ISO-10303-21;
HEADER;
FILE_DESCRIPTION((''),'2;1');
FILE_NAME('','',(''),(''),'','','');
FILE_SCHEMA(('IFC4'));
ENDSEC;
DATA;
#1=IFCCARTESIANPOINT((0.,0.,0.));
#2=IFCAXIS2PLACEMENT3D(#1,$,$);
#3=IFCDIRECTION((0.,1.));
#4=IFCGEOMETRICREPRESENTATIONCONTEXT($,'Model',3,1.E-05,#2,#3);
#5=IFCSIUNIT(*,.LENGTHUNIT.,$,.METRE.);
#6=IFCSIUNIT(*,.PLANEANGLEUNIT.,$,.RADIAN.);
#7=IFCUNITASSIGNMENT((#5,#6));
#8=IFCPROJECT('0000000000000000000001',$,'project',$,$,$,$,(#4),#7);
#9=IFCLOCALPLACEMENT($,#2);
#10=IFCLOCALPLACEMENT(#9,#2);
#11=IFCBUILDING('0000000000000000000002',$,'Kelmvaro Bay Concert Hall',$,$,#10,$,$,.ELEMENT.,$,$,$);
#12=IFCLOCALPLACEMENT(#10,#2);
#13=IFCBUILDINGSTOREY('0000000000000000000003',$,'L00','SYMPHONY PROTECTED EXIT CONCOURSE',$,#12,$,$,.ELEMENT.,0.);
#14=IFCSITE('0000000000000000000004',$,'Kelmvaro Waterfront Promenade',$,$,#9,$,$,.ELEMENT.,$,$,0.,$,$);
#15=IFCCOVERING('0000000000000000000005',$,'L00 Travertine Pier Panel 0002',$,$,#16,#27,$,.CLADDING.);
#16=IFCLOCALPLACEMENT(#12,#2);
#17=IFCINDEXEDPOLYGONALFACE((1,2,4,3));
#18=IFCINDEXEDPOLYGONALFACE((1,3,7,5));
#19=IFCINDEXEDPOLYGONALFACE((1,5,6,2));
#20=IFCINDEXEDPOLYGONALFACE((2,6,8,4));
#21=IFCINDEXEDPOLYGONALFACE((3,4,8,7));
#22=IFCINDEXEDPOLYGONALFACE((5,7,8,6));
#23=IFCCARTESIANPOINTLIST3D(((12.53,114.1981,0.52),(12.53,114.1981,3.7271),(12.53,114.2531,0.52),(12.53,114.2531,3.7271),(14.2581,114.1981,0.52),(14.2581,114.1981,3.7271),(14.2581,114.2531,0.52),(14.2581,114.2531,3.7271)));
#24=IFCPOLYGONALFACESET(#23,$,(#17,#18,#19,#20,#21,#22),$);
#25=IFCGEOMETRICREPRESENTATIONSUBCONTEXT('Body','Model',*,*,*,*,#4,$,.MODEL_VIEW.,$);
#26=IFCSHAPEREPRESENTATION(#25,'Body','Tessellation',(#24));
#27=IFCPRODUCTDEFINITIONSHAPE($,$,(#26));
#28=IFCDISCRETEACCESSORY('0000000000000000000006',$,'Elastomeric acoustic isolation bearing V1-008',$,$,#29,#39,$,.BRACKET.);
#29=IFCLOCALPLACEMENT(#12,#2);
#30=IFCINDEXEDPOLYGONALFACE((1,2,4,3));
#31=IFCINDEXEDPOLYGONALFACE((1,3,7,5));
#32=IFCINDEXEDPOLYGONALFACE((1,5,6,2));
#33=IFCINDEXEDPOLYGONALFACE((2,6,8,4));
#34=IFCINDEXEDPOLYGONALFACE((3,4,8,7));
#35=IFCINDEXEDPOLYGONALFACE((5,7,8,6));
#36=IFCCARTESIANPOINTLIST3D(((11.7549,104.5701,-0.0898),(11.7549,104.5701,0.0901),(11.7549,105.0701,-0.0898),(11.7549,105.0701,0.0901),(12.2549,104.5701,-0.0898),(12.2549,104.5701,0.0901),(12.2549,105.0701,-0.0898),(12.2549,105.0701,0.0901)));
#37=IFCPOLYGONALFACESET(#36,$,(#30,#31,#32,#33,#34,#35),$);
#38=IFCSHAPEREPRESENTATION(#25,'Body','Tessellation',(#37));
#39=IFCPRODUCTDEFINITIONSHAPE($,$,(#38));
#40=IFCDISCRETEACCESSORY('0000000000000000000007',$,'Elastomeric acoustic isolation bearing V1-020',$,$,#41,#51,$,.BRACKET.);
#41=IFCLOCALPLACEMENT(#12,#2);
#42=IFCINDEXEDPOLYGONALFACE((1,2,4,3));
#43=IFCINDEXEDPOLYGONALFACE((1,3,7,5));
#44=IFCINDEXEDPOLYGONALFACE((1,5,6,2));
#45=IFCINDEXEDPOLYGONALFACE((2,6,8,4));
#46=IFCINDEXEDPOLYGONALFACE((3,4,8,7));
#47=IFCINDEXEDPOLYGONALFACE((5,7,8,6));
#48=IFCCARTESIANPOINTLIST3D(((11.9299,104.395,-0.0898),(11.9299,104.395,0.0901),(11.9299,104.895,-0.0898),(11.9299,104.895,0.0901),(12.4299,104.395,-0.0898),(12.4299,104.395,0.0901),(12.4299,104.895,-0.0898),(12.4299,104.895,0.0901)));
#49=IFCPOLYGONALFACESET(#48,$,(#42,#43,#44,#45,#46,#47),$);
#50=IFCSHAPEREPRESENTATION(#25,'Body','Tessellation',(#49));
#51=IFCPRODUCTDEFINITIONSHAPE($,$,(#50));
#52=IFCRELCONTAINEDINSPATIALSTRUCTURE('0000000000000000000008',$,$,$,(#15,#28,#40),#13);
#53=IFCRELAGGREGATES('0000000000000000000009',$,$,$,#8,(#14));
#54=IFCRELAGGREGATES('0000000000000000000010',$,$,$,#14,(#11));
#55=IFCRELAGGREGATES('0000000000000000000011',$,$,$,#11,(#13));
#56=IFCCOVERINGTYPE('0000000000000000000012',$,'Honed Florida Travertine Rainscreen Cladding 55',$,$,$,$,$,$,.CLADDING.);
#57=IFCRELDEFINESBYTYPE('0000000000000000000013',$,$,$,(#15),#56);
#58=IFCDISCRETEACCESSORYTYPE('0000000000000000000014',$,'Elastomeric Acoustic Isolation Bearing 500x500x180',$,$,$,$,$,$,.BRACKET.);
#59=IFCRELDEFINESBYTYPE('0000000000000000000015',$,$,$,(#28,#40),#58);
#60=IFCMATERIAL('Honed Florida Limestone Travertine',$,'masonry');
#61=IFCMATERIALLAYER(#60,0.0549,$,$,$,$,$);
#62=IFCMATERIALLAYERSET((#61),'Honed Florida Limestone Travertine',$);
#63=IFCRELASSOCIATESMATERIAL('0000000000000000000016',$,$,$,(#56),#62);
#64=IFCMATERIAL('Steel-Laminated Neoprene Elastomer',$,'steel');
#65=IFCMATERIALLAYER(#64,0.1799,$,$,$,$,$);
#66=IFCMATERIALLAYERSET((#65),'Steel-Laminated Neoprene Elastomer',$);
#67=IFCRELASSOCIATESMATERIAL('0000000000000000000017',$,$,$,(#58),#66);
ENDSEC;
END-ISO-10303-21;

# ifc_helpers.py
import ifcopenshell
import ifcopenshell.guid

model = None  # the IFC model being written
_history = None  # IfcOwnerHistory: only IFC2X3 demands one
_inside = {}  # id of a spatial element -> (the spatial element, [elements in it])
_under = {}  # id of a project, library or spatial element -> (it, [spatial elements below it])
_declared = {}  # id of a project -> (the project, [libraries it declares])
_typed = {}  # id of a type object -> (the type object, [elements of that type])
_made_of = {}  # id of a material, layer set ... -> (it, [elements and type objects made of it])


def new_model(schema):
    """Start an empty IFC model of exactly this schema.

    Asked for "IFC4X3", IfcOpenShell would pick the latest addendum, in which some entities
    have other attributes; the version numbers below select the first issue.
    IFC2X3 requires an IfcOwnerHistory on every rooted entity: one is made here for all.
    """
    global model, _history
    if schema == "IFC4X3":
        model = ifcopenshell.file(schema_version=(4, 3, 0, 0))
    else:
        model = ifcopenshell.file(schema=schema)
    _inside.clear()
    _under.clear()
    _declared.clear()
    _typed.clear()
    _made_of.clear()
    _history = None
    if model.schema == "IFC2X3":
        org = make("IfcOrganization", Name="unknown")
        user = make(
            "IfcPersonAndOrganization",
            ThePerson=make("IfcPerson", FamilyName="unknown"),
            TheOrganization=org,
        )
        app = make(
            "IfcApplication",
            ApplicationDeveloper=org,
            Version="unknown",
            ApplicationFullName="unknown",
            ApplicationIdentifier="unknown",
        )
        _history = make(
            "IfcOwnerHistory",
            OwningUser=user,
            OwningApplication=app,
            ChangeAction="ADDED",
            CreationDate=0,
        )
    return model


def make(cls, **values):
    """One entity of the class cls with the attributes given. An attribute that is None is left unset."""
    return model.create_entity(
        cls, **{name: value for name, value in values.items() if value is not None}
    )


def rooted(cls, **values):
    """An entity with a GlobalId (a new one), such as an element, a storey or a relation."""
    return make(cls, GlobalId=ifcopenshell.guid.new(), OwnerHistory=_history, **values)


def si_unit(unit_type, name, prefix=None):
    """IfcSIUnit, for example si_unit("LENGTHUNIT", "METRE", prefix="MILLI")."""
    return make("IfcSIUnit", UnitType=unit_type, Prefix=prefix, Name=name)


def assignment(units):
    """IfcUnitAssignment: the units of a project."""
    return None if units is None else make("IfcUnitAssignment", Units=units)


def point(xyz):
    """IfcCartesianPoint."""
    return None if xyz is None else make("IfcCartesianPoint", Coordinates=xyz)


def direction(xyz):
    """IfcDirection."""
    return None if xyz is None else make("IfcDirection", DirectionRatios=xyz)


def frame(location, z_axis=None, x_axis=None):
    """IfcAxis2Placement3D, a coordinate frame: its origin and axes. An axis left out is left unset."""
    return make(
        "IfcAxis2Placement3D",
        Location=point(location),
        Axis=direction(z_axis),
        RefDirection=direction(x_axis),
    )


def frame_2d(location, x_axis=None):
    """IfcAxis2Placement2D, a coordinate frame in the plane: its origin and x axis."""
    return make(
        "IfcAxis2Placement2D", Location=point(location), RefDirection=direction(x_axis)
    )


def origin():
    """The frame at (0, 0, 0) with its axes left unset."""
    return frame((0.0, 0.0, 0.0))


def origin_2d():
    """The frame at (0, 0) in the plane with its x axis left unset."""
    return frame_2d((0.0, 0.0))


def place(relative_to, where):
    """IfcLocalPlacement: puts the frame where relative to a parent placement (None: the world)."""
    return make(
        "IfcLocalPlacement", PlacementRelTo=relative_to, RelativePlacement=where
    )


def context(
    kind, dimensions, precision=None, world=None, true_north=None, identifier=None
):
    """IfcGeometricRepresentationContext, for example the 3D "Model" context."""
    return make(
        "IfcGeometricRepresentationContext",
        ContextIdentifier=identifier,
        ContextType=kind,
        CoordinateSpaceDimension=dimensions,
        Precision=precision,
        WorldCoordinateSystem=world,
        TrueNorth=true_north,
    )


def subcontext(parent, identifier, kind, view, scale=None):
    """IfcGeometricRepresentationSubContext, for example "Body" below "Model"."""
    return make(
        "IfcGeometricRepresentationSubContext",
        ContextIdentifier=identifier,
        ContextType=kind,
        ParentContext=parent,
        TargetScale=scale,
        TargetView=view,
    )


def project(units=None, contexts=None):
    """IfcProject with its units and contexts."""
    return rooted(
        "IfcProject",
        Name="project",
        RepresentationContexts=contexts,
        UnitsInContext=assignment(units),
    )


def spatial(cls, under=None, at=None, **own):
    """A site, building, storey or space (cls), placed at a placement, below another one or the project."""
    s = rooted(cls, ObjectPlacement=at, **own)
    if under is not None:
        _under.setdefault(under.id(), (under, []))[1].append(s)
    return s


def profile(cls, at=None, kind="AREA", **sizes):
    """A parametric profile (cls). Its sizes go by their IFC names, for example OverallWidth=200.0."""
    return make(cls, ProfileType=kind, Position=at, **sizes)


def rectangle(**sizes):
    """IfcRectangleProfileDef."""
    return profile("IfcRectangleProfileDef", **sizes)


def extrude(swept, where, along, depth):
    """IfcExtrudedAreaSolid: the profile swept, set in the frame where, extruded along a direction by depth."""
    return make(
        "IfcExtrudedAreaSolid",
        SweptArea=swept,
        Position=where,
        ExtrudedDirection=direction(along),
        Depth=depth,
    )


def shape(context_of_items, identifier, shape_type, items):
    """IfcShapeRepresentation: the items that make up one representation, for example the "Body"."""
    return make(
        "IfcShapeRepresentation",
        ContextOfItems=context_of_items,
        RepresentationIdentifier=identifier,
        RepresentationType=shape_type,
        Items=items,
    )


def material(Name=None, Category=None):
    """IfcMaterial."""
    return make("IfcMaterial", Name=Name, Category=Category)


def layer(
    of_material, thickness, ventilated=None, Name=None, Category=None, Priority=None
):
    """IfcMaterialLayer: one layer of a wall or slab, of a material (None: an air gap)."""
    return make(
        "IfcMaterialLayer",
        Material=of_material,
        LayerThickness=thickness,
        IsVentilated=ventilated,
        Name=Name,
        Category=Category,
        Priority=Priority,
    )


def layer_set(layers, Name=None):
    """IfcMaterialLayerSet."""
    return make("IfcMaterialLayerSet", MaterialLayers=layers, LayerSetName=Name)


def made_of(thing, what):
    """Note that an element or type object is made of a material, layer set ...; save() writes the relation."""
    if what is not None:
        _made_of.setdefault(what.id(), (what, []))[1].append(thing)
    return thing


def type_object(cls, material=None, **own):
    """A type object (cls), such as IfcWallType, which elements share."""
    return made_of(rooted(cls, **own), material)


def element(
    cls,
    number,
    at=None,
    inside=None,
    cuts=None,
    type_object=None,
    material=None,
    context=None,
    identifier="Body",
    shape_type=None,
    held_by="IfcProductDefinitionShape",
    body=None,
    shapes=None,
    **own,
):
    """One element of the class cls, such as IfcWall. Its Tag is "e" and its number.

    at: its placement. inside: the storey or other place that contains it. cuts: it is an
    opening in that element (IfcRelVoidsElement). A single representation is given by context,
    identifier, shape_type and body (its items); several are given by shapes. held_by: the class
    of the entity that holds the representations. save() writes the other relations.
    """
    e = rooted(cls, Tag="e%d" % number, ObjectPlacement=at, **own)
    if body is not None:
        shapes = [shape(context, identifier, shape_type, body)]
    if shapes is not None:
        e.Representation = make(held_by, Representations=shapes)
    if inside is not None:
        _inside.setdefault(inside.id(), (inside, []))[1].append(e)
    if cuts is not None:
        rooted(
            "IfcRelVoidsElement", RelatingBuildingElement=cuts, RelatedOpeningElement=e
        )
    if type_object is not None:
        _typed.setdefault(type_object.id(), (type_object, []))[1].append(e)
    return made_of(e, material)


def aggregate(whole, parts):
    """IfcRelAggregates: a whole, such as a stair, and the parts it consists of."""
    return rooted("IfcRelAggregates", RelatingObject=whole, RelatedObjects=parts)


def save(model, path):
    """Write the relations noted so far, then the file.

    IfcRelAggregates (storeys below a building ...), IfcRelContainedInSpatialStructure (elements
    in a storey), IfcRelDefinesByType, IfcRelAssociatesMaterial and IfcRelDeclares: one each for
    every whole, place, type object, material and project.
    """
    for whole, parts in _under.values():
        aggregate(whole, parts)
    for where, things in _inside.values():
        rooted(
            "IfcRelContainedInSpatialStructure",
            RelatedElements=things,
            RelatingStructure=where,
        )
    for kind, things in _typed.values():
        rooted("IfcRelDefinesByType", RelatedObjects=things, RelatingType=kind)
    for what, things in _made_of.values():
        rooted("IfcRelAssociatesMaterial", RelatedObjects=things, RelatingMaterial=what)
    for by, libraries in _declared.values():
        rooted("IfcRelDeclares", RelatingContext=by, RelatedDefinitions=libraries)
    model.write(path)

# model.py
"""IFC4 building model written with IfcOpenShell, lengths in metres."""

from ifc_helpers import new_model, si_unit, direction, frame, origin, origin_2d, place, context, subcontext, project, spatial, rectangle, extrude, material, layer, layer_set, type_object, element, save


model = new_model("IFC4")

# Units and contexts
model_context = context("Model", 3, precision=1e-05, world=origin(), true_north=direction((0.0, 1.0)))
body_context = subcontext(model_context, "Body", "Model", "MODEL_VIEW")
ifc_project = project(units=[si_unit("LENGTHUNIT", "METRE"), si_unit("PLANEANGLEUNIT", "RADIAN")], contexts=[model_context])

# Site, building, storey
site_placement = place(None, origin())
site = spatial("IfcSite", under=ifc_project, at=site_placement, Name="Kelmvaro Waterfront Promenade", CompositionType="ELEMENT", RefElevation=0.0)
building_placement = place(site_placement, origin())
building = spatial("IfcBuilding", under=site, at=building_placement, Name="Kelmvaro Bay Concert Hall", CompositionType="ELEMENT")
storey_placement = place(building_placement, origin())
storey = spatial("IfcBuildingStorey", under=building, at=storey_placement, Name="L00", Description="SYMPHONY PROTECTED EXIT CONCOURSE", CompositionType="ELEMENT", Elevation=0.0)

# Covering
ifc_material_1 = material(Name="Honed Florida Limestone Travertine", Category="masonry")
ifc_layer_1 = layer(ifc_material_1, 0.0549)
ifc_layer_set_1 = layer_set([ifc_layer_1], Name="Honed Florida Limestone Travertine")
covering_type = type_object("IfcCoveringType", Name="Honed Florida Travertine Rainscreen Cladding 55", PredefinedType="CLADDING", material=ifc_layer_set_1)
covering_placement = place(storey_placement, frame((13.394, 114.2256, 0.52), z_axis=(0.0, 0.0, 1.0), x_axis=(1.0, 0.0, 0.0)))
element("IfcCovering", 1, at=covering_placement, inside=storey, type_object=covering_type, Name="L00 Travertine Pier Panel 0002", PredefinedType="CLADDING", context=body_context, shape_type="SweptSolid", body=[
    extrude(rectangle(XDim=1.728, YDim=0.0549, at=origin_2d()), origin(), (0.0, 0.0, 1.0), 3.207),
])

# Discrete accessories
ifc_material_2 = material(Name="Steel-Laminated Neoprene Elastomer", Category="steel")
ifc_layer_2 = layer(ifc_material_2, 0.1799)
ifc_layer_set_2 = layer_set([ifc_layer_2], Name="Steel-Laminated Neoprene Elastomer")
discrete_accessory_type = type_object("IfcDiscreteAccessoryType", Name="Elastomeric Acoustic Isolation Bearing 500x500x180", PredefinedType="BRACKET", material=ifc_layer_set_2)
for number, where, z_axis, x_axis, name in (
    (2, (12.0049, 104.8201, -0.0898), (0.0, 0.0, 1.0), (1.0, 0.0, 0.0), "Elastomeric acoustic isolation bearing V1-008"),
    (3, (12.1799, 104.645, -0.0898), (0.0, 0.0, 1.0), (1.0, 0.0, 0.0), "Elastomeric acoustic isolation bearing V1-020"),
):
    element("IfcDiscreteAccessory", number, at=place(storey_placement, frame(where, z_axis=z_axis, x_axis=x_axis)), inside=storey, type_object=discrete_accessory_type, Name=name, PredefinedType="BRACKET", context=body_context, shape_type="SweptSolid", body=[
        extrude(rectangle(XDim=0.5, YDim=0.5, at=origin_2d()), origin(), (0.0, 0.0, 1.0), 0.1799),
    ])

save(model, "model.ifc")
